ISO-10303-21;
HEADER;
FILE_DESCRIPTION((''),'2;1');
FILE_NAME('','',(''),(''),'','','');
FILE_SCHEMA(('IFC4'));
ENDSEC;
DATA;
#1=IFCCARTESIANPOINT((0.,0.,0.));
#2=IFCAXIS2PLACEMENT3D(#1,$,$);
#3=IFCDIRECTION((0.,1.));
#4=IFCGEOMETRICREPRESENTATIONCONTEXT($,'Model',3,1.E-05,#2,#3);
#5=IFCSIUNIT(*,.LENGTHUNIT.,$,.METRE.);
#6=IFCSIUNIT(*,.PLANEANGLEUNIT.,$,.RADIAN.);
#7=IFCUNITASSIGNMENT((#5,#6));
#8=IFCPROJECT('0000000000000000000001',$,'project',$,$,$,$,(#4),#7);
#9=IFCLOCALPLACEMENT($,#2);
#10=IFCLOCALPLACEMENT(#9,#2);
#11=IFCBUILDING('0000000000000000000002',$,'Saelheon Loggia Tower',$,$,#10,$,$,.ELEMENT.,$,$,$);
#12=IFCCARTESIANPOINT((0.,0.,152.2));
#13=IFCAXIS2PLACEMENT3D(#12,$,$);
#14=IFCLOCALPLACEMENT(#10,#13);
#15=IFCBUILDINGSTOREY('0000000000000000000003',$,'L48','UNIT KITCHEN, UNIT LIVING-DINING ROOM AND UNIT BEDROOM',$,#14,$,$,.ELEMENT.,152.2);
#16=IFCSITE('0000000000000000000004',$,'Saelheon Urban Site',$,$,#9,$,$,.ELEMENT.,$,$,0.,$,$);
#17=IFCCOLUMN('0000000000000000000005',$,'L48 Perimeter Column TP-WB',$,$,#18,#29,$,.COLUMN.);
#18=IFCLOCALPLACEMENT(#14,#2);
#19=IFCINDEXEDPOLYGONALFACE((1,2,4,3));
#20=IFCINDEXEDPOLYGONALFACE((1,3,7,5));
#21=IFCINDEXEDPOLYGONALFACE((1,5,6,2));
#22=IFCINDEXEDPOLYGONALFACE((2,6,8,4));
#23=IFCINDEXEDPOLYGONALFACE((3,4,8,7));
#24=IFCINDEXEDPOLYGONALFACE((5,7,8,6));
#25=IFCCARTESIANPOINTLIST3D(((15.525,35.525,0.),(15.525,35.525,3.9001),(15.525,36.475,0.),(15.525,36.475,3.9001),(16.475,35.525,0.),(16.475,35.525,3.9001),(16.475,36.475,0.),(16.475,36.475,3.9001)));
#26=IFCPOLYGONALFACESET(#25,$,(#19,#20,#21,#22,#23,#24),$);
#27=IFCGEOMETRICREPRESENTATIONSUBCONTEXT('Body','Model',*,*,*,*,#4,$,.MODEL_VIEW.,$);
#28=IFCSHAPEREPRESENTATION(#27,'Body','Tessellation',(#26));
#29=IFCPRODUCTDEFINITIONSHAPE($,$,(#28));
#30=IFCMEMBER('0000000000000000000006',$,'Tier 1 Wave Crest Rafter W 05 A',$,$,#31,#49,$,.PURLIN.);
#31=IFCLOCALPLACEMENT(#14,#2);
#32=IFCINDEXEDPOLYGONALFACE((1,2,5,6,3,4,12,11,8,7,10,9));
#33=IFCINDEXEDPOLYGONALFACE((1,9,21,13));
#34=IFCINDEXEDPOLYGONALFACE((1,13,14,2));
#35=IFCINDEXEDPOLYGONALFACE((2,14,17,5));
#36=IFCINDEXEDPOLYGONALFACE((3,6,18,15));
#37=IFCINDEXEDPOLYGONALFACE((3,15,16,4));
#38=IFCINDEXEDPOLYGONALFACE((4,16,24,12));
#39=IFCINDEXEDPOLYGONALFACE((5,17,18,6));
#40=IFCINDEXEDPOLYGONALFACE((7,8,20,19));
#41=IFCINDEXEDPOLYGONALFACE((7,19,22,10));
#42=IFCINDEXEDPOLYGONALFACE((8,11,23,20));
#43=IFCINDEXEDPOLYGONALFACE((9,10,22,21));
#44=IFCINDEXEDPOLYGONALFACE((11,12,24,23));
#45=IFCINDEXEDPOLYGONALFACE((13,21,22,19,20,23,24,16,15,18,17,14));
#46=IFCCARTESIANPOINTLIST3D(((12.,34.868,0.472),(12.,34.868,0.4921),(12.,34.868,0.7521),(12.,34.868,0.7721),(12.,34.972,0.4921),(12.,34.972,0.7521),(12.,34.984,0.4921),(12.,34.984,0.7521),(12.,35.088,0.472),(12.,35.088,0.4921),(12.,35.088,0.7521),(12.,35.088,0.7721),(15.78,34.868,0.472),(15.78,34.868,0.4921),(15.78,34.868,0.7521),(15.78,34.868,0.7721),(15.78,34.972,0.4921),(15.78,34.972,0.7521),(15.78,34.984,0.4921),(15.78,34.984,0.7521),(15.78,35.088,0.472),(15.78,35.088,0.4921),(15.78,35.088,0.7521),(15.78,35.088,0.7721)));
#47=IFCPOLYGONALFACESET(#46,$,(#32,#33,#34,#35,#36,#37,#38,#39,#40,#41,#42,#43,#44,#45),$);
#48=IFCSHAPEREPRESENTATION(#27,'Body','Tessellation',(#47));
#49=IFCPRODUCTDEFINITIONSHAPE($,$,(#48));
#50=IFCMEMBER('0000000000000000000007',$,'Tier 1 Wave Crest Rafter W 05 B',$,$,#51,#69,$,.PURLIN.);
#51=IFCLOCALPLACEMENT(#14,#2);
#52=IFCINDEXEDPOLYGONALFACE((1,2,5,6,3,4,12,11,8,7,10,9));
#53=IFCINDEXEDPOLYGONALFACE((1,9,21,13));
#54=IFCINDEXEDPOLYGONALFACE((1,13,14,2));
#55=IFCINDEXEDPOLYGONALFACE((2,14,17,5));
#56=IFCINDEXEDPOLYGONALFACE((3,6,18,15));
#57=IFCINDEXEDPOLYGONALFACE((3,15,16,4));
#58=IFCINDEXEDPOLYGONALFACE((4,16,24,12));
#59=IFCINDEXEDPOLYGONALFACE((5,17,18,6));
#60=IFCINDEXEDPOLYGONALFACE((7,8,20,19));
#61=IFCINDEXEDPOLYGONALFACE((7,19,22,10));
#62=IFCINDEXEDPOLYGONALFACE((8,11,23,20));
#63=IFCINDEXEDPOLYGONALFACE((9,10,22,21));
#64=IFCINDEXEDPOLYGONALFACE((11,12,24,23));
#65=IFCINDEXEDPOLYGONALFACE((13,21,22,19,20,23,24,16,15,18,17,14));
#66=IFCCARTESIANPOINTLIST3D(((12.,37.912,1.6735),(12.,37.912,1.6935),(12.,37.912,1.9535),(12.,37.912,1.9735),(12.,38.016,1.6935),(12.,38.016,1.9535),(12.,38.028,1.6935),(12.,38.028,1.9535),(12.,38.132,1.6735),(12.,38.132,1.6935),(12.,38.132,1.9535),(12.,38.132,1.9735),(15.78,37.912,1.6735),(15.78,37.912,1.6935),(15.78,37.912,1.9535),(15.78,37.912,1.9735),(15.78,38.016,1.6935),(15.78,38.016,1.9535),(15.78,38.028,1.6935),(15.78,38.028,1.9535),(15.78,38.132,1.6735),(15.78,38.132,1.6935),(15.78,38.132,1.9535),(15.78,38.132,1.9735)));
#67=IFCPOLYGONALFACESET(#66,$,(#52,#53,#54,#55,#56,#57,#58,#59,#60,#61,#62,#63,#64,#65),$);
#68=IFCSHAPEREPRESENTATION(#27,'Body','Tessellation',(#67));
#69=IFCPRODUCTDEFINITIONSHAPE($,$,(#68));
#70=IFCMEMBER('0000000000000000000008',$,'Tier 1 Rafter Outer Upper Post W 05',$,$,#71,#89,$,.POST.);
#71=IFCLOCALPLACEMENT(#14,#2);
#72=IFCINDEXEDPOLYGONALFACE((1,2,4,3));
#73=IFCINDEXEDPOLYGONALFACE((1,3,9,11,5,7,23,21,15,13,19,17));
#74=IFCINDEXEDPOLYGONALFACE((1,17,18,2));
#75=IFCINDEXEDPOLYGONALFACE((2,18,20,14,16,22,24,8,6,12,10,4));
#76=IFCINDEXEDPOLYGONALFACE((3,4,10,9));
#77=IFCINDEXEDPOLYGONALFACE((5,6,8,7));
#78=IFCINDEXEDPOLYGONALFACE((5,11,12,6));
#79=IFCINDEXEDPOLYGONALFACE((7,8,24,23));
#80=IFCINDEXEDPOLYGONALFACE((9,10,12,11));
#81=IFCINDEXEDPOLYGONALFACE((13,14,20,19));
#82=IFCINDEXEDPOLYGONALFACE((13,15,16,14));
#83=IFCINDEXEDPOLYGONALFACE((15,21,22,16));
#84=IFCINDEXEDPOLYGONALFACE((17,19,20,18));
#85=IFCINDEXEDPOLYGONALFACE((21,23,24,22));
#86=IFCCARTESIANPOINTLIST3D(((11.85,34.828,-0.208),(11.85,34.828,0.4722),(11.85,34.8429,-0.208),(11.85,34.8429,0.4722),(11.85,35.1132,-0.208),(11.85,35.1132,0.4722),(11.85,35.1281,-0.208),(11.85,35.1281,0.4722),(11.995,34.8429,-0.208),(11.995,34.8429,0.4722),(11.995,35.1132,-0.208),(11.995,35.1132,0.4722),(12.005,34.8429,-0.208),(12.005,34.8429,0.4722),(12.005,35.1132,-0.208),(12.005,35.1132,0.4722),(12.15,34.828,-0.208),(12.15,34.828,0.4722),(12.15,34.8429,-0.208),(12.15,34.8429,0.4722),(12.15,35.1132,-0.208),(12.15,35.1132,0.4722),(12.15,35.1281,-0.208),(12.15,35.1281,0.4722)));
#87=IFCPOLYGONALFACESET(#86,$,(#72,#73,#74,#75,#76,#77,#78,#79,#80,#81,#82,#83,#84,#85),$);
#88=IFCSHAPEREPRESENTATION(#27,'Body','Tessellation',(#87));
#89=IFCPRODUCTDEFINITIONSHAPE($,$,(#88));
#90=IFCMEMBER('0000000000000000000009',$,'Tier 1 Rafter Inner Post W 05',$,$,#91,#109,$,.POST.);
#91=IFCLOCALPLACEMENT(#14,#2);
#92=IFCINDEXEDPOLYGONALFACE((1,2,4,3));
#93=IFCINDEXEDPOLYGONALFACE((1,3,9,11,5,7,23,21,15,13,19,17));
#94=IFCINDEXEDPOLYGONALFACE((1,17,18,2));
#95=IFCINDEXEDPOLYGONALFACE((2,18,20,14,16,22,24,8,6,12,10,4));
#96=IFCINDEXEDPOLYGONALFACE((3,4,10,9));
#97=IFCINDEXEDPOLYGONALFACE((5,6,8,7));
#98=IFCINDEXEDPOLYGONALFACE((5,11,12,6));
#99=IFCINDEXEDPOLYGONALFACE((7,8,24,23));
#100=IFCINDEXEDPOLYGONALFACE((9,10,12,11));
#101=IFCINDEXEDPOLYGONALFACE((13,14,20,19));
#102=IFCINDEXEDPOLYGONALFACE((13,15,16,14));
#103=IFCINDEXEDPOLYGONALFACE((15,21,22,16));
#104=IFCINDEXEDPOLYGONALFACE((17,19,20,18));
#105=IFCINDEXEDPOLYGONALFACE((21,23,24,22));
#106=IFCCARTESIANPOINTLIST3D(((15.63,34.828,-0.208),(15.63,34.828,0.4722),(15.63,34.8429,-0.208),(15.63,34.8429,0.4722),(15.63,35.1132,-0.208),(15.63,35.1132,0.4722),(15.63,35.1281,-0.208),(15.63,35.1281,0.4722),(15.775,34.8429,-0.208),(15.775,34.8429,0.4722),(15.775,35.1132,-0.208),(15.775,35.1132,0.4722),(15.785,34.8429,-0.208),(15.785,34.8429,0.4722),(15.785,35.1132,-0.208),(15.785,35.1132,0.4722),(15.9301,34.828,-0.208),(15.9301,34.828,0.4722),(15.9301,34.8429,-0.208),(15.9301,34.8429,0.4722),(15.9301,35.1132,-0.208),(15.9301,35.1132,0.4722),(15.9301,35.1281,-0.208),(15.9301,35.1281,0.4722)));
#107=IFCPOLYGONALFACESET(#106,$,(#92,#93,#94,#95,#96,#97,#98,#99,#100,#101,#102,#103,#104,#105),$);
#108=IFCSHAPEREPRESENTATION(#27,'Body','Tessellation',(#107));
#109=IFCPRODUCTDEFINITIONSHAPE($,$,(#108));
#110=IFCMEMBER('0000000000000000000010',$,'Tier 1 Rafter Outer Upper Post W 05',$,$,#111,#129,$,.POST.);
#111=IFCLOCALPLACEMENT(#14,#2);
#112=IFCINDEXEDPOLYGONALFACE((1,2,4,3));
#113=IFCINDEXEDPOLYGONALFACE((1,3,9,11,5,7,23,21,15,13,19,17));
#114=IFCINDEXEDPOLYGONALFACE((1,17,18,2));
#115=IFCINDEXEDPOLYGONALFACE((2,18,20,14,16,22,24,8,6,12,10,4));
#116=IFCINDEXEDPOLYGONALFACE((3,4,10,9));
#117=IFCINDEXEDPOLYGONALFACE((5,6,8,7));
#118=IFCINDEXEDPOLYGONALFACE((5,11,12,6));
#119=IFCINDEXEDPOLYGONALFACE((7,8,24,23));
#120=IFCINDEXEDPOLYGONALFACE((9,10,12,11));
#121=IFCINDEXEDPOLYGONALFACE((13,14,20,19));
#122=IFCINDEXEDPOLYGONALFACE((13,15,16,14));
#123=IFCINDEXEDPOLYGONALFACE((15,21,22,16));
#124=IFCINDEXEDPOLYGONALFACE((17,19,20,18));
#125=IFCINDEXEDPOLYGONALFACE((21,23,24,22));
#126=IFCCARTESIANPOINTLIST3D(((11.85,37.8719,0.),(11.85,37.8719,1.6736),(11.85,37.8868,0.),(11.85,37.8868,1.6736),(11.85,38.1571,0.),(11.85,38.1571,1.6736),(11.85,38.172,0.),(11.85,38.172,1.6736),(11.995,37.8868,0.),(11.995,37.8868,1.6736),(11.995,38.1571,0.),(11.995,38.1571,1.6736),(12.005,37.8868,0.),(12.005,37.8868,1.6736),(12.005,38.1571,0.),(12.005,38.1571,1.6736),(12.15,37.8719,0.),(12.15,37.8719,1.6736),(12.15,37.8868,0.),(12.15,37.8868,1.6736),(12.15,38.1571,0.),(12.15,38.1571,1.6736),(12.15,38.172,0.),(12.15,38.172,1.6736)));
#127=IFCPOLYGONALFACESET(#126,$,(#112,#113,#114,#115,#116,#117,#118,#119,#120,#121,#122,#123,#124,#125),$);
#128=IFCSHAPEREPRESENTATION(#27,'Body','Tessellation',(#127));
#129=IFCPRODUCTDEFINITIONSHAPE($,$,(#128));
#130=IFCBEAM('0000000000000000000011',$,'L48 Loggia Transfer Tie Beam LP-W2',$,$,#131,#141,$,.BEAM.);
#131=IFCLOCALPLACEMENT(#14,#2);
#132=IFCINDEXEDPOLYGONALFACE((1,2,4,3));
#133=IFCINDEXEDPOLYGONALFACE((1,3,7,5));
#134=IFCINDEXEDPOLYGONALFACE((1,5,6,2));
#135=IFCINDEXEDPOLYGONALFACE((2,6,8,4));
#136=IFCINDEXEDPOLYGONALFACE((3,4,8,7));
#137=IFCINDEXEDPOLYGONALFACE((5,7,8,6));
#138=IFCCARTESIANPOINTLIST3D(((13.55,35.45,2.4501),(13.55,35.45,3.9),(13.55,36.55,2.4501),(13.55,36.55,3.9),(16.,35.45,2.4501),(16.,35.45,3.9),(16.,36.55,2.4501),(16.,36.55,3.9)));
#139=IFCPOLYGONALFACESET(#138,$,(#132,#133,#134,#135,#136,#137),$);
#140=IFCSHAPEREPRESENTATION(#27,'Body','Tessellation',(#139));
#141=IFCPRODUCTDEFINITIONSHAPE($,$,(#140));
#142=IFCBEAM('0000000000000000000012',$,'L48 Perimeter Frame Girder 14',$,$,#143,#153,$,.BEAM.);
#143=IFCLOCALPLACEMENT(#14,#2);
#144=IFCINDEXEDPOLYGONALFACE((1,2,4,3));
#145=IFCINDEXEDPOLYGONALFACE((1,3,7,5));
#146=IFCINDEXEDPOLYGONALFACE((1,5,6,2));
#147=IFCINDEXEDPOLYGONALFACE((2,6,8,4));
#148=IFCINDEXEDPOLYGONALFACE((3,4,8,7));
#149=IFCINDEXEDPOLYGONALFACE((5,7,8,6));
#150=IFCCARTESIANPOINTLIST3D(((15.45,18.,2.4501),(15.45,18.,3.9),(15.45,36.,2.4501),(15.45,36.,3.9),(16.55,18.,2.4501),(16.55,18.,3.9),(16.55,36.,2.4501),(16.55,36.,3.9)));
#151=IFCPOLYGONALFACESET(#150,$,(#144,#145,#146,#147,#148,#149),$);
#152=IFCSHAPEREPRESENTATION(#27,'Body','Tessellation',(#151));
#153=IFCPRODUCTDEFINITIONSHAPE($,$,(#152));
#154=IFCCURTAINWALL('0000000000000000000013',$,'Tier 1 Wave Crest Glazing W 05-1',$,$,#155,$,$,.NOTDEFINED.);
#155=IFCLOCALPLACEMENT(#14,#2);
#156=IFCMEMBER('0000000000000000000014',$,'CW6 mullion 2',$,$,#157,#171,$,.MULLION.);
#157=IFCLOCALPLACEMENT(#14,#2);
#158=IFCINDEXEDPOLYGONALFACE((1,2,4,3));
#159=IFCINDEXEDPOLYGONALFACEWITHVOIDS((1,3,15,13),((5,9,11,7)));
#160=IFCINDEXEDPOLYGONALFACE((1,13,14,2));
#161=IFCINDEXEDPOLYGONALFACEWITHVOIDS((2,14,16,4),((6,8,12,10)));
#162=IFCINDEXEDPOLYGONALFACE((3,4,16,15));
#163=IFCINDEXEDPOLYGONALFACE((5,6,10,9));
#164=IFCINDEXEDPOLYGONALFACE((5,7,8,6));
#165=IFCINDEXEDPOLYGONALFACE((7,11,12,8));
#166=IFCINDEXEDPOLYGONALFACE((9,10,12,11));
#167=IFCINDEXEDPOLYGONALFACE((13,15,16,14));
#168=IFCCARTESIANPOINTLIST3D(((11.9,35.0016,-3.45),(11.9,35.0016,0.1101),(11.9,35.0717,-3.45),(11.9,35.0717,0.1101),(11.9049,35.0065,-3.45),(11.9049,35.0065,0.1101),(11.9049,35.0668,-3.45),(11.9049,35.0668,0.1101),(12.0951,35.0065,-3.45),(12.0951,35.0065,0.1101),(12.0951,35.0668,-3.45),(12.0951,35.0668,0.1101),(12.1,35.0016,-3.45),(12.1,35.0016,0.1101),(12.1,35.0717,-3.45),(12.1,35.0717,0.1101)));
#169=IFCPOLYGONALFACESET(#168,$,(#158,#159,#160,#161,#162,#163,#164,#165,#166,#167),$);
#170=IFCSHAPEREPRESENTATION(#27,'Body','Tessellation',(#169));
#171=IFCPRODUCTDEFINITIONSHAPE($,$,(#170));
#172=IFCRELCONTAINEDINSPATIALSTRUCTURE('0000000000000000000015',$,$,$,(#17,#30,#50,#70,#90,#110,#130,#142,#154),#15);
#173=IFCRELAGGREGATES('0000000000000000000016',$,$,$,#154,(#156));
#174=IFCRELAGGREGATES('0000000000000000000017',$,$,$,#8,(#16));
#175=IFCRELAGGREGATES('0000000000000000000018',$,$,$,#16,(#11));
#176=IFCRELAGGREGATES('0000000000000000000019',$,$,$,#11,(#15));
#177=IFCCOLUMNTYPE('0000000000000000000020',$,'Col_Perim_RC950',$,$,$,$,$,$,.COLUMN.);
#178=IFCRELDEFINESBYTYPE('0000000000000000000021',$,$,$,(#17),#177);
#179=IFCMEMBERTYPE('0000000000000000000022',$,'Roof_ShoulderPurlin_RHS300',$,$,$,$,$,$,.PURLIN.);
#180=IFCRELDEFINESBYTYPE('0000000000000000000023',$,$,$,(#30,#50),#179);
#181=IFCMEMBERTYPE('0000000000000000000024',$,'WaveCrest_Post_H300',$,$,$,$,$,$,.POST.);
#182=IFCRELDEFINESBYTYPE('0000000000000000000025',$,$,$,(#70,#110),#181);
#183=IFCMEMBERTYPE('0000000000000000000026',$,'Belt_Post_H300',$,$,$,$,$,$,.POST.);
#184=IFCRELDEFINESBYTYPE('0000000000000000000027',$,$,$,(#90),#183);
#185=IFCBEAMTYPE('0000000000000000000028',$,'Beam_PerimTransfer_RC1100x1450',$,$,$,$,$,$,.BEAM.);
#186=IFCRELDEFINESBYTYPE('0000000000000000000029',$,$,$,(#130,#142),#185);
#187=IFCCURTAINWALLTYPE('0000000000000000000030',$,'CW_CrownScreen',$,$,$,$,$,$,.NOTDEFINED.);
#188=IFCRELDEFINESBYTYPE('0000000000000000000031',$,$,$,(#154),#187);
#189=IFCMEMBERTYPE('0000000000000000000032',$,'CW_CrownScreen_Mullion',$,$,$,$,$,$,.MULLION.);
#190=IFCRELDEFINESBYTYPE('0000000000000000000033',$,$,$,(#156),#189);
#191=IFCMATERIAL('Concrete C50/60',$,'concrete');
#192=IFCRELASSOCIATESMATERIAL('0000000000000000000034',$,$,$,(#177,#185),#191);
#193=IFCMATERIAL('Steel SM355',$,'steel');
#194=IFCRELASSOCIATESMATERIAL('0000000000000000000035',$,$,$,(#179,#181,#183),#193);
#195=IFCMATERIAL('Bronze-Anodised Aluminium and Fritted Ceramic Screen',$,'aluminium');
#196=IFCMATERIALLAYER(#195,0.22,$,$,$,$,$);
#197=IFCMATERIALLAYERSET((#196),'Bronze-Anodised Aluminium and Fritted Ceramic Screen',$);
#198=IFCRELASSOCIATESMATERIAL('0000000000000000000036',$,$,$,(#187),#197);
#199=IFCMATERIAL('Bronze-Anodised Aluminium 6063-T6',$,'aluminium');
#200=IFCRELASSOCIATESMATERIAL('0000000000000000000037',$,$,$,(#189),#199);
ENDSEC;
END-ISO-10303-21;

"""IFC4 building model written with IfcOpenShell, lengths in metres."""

from ifc_helpers import new_model, si_unit, direction, frame, origin, origin_2d, place, context, subcontext, project, spatial, rectangle, hollow_rectangle, i_section, extrude, source, transform, mapped, material, layer, layer_set, material_profile, profile_set, type_object, element, aggregate, save


model = new_model("IFC4")

# Units and contexts
model_context = context("Model", 3, precision=1e-05, world=origin(), true_north=direction((0.0, 1.0)))
body_context = subcontext(model_context, "Body", "Model", "MODEL_VIEW")
ifc_project = project(units=[si_unit("LENGTHUNIT", "METRE"), si_unit("PLANEANGLEUNIT", "RADIAN")], contexts=[model_context])

# Site, building, storey
site_placement = place(None, origin())
site = spatial("IfcSite", under=ifc_project, at=site_placement, Name="Saelheon Urban Site", CompositionType="ELEMENT", RefElevation=0.0)
building_placement = place(site_placement, origin())
building = spatial("IfcBuilding", under=site, at=building_placement, Name="Saelheon Loggia Tower", CompositionType="ELEMENT")
storey_placement = place(building_placement, frame((0.0, 0.0, 152.2)))
storey = spatial("IfcBuildingStorey", under=building, at=storey_placement, Name="L48", Description="UNIT KITCHEN, UNIT LIVING-DINING ROOM AND UNIT BEDROOM", CompositionType="ELEMENT", Elevation=152.2)

# Column
ifc_material_1 = material(Name="Concrete C50/60", Category="concrete")
ifc_material_profile_1 = material_profile(ifc_material_1, rectangle(XDim=0.95, YDim=0.95, at=origin_2d()), Name="RC-950x950")
ifc_profile_set_1 = profile_set([ifc_material_profile_1], Name="Concrete C50/60")
column_type = type_object("IfcColumnType", Name="Col_Perim_RC950", PredefinedType="COLUMN", material=ifc_profile_set_1)
shared_shape_1 = source(origin(), body_context, "Body", "SweptSolid", [
    extrude(rectangle(XDim=0.95, YDim=0.95, at=origin_2d()), origin(), (0.0, 0.0, 1.0), 3.9001),
])
column_placement = place(storey_placement, frame((16.0, 36.0, 0.0), z_axis=(0.0, 0.0, 1.0), x_axis=(1.0, 0.0, 0.0)))
element("IfcColumn", 1, at=column_placement, inside=storey, type_object=column_type, Name="L48 Perimeter Column TP-WB", PredefinedType="COLUMN", context=body_context, shape_type="MappedRepresentation", body=[
    mapped(shared_shape_1, transform((0.0, 0.0, 0.0), scale=1.0)),
])

# Members
ifc_material_2 = material(Name="Steel SM355", Category="steel")
ifc_material_profile_2 = material_profile(ifc_material_2, i_section(OverallWidth=0.22, OverallDepth=0.3, WebThickness=0.012, FlangeThickness=0.02, at=origin_2d()), Name="H-300x220x12x20")
ifc_profile_set_2 = profile_set([ifc_material_profile_2], Name="Steel SM355")
member_type_1 = type_object("IfcMemberType", Name="Roof_ShoulderPurlin_RHS300", PredefinedType="PURLIN", material=ifc_profile_set_2)
shared_shape_2 = source(origin(), body_context, "Body", "SweptSolid", [
    extrude(i_section(OverallWidth=0.22, OverallDepth=0.3, WebThickness=0.012, FlangeThickness=0.02, at=origin_2d()), origin(), (0.0, 0.0, 1.0), 3.78),
])
for number, where, z_axis, x_axis, name in (
    (2, (12.0, 34.978, 0.6221), (1.0, 0.0, 0.0), (0.0, 1.0, 0.0), "Tier 1 Wave Crest Rafter W 05 A"),
    (3, (12.0, 38.022, 1.8235), (1.0, 0.0, 0.0), (0.0, 1.0, 0.0), "Tier 1 Wave Crest Rafter W 05 B"),
):
    element("IfcMember", number, at=place(storey_placement, frame(where, z_axis=z_axis, x_axis=x_axis)), inside=storey, type_object=member_type_1, Name=name, PredefinedType="PURLIN", context=body_context, shape_type="MappedRepresentation", body=[
        mapped(shared_shape_2, transform((0.0, 0.0, 0.0), scale=1.0)),
    ])
ifc_material_profile_3 = material_profile(ifc_material_2, i_section(OverallWidth=0.3, OverallDepth=0.3, WebThickness=0.01, FlangeThickness=0.0149, at=origin_2d()), Name="H-300x300x10x15")
ifc_profile_set_3 = profile_set([ifc_material_profile_3], Name="Steel SM355")
member_type_2 = type_object("IfcMemberType", Name="WaveCrest_Post_H300", PredefinedType="POST", material=ifc_profile_set_3)
shared_shape_3 = source(origin(), body_context, "Body", "SweptSolid", [
    extrude(i_section(OverallWidth=0.3, OverallDepth=0.3, WebThickness=0.01, FlangeThickness=0.0149, at=origin_2d()), origin(), (0.0, 0.0, 1.0), 0.6802),
])
member_1_placement = place(storey_placement, frame((12.0, 34.978, -0.208), z_axis=(0.0, 0.0, 1.0), x_axis=(1.0, 0.0, 0.0)))
element("IfcMember", 4, at=member_1_placement, inside=storey, type_object=member_type_2, Name="Tier 1 Rafter Outer Upper Post W 05", PredefinedType="POST", context=body_context, shape_type="MappedRepresentation", body=[
    mapped(shared_shape_3, transform((0.0, 0.0, 0.0), scale=1.0)),
])
ifc_material_profile_4 = material_profile(ifc_material_2, i_section(OverallWidth=0.3, OverallDepth=0.3, WebThickness=0.01, FlangeThickness=0.0149, at=origin_2d()), Name="H-300x300x10x15")
ifc_profile_set_4 = profile_set([ifc_material_profile_4], Name="Steel SM355")
member_type_3 = type_object("IfcMemberType", Name="Belt_Post_H300", PredefinedType="POST", material=ifc_profile_set_4)
member_2_placement = place(storey_placement, frame((15.78, 34.978, -0.208), z_axis=(0.0, 0.0, 1.0), x_axis=(1.0, 0.0, 0.0)))
element("IfcMember", 5, at=member_2_placement, inside=storey, type_object=member_type_3, Name="Tier 1 Rafter Inner Post W 05", PredefinedType="POST", context=body_context, shape_type="MappedRepresentation", body=[
    mapped(shared_shape_3, transform((0.0, 0.0, 0.0), scale=1.0)),
])
shared_shape_4 = source(origin(), body_context, "Body", "SweptSolid", [
    extrude(i_section(OverallWidth=0.3, OverallDepth=0.3, WebThickness=0.01, FlangeThickness=0.0149, at=origin_2d()), origin(), (0.0, 0.0, 1.0), 1.6736),
])
member_3_placement = place(storey_placement, frame((12.0, 38.022, 0.0), z_axis=(0.0, 0.0, 1.0), x_axis=(1.0, 0.0, 0.0)))
element("IfcMember", 6, at=member_3_placement, inside=storey, type_object=member_type_2, Name="Tier 1 Rafter Outer Upper Post W 05", PredefinedType="POST", context=body_context, shape_type="MappedRepresentation", body=[
    mapped(shared_shape_4, transform((0.0, 0.0, 0.0), scale=1.0)),
])

# Beams
ifc_material_profile_5 = material_profile(ifc_material_1, rectangle(XDim=1.1001, YDim=1.45, at=origin_2d()), Name="RC-1100x1450")
ifc_profile_set_5 = profile_set([ifc_material_profile_5], Name="Concrete C50/60")
beam_type = type_object("IfcBeamType", Name="Beam_PerimTransfer_RC1100x1450", PredefinedType="BEAM", material=ifc_profile_set_5)
shared_shape_5 = source(origin(), body_context, "Body", "SweptSolid", [
    extrude(rectangle(XDim=1.1001, YDim=1.45, at=origin_2d()), origin(), (0.0, 0.0, 1.0), 2.45),
])
beam_1_placement = place(storey_placement, frame((16.0, 36.0, 3.175), z_axis=(-1.0, 0.0, 0.0), x_axis=(0.0, -1.0, 0.0)))
element("IfcBeam", 7, at=beam_1_placement, inside=storey, type_object=beam_type, Name="L48 Loggia Transfer Tie Beam LP-W2", PredefinedType="BEAM", context=body_context, shape_type="MappedRepresentation", body=[
    mapped(shared_shape_5, transform((0.0, 0.0, 0.0), scale=1.0)),
])
shared_shape_6 = source(origin(), body_context, "Body", "SweptSolid", [
    extrude(rectangle(XDim=1.1001, YDim=1.45, at=origin_2d()), origin(), (0.0, 0.0, 1.0), 18.0),
])
beam_2_placement = place(storey_placement, frame((16.0, 36.0, 3.175), z_axis=(0.0, -1.0, 0.0), x_axis=(1.0, 0.0, 0.0)))
element("IfcBeam", 8, at=beam_2_placement, inside=storey, type_object=beam_type, Name="L48 Perimeter Frame Girder 14", PredefinedType="BEAM", context=body_context, shape_type="MappedRepresentation", body=[
    mapped(shared_shape_6, transform((0.0, 0.0, 0.0), scale=1.0)),
])

# Curtain wall, member
ifc_material_3 = material(Name="Bronze-Anodised Aluminium and Fritted Ceramic Screen", Category="aluminium")
ifc_layer_1 = layer(ifc_material_3, 0.22)
ifc_layer_set_1 = layer_set([ifc_layer_1], Name="Bronze-Anodised Aluminium and Fritted Ceramic Screen")
curtain_wall_type = type_object("IfcCurtainWallType", Name="CW_CrownScreen", PredefinedType="NOTDEFINED", material=ifc_layer_set_1)
curtain_wall_1_placement = place(storey_placement, origin())
curtain_wall_1 = element("IfcCurtainWall", 9, at=curtain_wall_1_placement, inside=storey, type_object=curtain_wall_type, Name="Tier 1 Wave Crest Glazing W 05-1", PredefinedType="NOTDEFINED")
ifc_material_4 = material(Name="Bronze-Anodised Aluminium 6063-T6", Category="aluminium")
ifc_material_profile_6 = material_profile(ifc_material_4, hollow_rectangle(XDim=0.0701, YDim=0.2, WallThickness=0.0049, at=origin_2d()), Name="RHS-200x70x5")
ifc_profile_set_6 = profile_set([ifc_material_profile_6], Name="Bronze-Anodised Aluminium 6063-T6")
member_type_4 = type_object("IfcMemberType", Name="CW_CrownScreen_Mullion", PredefinedType="MULLION", material=ifc_profile_set_6)
shared_shape_7 = source(origin(), body_context, "Body", "SweptSolid", [
    extrude(hollow_rectangle(XDim=0.0701, YDim=0.2, WallThickness=0.0049, at=origin_2d()), origin(), (0.0, 0.0, 1.0), 3.5601),
])
member_4_placement = place(storey_placement, frame((12.0, 35.0366, -3.45), z_axis=(0.0, 0.0, 1.0), x_axis=(0.0, 1.0, 0.0)))
member_4 = element("IfcMember", 10, at=member_4_placement, type_object=member_type_4, Name="CW6 mullion 2", PredefinedType="MULLION", context=body_context, shape_type="MappedRepresentation", body=[
    mapped(shared_shape_7, transform((0.0, 0.0, 0.0), scale=1.0)),
])

aggregate(curtain_wall_1, [member_4])

save(model, "model.ifc")
